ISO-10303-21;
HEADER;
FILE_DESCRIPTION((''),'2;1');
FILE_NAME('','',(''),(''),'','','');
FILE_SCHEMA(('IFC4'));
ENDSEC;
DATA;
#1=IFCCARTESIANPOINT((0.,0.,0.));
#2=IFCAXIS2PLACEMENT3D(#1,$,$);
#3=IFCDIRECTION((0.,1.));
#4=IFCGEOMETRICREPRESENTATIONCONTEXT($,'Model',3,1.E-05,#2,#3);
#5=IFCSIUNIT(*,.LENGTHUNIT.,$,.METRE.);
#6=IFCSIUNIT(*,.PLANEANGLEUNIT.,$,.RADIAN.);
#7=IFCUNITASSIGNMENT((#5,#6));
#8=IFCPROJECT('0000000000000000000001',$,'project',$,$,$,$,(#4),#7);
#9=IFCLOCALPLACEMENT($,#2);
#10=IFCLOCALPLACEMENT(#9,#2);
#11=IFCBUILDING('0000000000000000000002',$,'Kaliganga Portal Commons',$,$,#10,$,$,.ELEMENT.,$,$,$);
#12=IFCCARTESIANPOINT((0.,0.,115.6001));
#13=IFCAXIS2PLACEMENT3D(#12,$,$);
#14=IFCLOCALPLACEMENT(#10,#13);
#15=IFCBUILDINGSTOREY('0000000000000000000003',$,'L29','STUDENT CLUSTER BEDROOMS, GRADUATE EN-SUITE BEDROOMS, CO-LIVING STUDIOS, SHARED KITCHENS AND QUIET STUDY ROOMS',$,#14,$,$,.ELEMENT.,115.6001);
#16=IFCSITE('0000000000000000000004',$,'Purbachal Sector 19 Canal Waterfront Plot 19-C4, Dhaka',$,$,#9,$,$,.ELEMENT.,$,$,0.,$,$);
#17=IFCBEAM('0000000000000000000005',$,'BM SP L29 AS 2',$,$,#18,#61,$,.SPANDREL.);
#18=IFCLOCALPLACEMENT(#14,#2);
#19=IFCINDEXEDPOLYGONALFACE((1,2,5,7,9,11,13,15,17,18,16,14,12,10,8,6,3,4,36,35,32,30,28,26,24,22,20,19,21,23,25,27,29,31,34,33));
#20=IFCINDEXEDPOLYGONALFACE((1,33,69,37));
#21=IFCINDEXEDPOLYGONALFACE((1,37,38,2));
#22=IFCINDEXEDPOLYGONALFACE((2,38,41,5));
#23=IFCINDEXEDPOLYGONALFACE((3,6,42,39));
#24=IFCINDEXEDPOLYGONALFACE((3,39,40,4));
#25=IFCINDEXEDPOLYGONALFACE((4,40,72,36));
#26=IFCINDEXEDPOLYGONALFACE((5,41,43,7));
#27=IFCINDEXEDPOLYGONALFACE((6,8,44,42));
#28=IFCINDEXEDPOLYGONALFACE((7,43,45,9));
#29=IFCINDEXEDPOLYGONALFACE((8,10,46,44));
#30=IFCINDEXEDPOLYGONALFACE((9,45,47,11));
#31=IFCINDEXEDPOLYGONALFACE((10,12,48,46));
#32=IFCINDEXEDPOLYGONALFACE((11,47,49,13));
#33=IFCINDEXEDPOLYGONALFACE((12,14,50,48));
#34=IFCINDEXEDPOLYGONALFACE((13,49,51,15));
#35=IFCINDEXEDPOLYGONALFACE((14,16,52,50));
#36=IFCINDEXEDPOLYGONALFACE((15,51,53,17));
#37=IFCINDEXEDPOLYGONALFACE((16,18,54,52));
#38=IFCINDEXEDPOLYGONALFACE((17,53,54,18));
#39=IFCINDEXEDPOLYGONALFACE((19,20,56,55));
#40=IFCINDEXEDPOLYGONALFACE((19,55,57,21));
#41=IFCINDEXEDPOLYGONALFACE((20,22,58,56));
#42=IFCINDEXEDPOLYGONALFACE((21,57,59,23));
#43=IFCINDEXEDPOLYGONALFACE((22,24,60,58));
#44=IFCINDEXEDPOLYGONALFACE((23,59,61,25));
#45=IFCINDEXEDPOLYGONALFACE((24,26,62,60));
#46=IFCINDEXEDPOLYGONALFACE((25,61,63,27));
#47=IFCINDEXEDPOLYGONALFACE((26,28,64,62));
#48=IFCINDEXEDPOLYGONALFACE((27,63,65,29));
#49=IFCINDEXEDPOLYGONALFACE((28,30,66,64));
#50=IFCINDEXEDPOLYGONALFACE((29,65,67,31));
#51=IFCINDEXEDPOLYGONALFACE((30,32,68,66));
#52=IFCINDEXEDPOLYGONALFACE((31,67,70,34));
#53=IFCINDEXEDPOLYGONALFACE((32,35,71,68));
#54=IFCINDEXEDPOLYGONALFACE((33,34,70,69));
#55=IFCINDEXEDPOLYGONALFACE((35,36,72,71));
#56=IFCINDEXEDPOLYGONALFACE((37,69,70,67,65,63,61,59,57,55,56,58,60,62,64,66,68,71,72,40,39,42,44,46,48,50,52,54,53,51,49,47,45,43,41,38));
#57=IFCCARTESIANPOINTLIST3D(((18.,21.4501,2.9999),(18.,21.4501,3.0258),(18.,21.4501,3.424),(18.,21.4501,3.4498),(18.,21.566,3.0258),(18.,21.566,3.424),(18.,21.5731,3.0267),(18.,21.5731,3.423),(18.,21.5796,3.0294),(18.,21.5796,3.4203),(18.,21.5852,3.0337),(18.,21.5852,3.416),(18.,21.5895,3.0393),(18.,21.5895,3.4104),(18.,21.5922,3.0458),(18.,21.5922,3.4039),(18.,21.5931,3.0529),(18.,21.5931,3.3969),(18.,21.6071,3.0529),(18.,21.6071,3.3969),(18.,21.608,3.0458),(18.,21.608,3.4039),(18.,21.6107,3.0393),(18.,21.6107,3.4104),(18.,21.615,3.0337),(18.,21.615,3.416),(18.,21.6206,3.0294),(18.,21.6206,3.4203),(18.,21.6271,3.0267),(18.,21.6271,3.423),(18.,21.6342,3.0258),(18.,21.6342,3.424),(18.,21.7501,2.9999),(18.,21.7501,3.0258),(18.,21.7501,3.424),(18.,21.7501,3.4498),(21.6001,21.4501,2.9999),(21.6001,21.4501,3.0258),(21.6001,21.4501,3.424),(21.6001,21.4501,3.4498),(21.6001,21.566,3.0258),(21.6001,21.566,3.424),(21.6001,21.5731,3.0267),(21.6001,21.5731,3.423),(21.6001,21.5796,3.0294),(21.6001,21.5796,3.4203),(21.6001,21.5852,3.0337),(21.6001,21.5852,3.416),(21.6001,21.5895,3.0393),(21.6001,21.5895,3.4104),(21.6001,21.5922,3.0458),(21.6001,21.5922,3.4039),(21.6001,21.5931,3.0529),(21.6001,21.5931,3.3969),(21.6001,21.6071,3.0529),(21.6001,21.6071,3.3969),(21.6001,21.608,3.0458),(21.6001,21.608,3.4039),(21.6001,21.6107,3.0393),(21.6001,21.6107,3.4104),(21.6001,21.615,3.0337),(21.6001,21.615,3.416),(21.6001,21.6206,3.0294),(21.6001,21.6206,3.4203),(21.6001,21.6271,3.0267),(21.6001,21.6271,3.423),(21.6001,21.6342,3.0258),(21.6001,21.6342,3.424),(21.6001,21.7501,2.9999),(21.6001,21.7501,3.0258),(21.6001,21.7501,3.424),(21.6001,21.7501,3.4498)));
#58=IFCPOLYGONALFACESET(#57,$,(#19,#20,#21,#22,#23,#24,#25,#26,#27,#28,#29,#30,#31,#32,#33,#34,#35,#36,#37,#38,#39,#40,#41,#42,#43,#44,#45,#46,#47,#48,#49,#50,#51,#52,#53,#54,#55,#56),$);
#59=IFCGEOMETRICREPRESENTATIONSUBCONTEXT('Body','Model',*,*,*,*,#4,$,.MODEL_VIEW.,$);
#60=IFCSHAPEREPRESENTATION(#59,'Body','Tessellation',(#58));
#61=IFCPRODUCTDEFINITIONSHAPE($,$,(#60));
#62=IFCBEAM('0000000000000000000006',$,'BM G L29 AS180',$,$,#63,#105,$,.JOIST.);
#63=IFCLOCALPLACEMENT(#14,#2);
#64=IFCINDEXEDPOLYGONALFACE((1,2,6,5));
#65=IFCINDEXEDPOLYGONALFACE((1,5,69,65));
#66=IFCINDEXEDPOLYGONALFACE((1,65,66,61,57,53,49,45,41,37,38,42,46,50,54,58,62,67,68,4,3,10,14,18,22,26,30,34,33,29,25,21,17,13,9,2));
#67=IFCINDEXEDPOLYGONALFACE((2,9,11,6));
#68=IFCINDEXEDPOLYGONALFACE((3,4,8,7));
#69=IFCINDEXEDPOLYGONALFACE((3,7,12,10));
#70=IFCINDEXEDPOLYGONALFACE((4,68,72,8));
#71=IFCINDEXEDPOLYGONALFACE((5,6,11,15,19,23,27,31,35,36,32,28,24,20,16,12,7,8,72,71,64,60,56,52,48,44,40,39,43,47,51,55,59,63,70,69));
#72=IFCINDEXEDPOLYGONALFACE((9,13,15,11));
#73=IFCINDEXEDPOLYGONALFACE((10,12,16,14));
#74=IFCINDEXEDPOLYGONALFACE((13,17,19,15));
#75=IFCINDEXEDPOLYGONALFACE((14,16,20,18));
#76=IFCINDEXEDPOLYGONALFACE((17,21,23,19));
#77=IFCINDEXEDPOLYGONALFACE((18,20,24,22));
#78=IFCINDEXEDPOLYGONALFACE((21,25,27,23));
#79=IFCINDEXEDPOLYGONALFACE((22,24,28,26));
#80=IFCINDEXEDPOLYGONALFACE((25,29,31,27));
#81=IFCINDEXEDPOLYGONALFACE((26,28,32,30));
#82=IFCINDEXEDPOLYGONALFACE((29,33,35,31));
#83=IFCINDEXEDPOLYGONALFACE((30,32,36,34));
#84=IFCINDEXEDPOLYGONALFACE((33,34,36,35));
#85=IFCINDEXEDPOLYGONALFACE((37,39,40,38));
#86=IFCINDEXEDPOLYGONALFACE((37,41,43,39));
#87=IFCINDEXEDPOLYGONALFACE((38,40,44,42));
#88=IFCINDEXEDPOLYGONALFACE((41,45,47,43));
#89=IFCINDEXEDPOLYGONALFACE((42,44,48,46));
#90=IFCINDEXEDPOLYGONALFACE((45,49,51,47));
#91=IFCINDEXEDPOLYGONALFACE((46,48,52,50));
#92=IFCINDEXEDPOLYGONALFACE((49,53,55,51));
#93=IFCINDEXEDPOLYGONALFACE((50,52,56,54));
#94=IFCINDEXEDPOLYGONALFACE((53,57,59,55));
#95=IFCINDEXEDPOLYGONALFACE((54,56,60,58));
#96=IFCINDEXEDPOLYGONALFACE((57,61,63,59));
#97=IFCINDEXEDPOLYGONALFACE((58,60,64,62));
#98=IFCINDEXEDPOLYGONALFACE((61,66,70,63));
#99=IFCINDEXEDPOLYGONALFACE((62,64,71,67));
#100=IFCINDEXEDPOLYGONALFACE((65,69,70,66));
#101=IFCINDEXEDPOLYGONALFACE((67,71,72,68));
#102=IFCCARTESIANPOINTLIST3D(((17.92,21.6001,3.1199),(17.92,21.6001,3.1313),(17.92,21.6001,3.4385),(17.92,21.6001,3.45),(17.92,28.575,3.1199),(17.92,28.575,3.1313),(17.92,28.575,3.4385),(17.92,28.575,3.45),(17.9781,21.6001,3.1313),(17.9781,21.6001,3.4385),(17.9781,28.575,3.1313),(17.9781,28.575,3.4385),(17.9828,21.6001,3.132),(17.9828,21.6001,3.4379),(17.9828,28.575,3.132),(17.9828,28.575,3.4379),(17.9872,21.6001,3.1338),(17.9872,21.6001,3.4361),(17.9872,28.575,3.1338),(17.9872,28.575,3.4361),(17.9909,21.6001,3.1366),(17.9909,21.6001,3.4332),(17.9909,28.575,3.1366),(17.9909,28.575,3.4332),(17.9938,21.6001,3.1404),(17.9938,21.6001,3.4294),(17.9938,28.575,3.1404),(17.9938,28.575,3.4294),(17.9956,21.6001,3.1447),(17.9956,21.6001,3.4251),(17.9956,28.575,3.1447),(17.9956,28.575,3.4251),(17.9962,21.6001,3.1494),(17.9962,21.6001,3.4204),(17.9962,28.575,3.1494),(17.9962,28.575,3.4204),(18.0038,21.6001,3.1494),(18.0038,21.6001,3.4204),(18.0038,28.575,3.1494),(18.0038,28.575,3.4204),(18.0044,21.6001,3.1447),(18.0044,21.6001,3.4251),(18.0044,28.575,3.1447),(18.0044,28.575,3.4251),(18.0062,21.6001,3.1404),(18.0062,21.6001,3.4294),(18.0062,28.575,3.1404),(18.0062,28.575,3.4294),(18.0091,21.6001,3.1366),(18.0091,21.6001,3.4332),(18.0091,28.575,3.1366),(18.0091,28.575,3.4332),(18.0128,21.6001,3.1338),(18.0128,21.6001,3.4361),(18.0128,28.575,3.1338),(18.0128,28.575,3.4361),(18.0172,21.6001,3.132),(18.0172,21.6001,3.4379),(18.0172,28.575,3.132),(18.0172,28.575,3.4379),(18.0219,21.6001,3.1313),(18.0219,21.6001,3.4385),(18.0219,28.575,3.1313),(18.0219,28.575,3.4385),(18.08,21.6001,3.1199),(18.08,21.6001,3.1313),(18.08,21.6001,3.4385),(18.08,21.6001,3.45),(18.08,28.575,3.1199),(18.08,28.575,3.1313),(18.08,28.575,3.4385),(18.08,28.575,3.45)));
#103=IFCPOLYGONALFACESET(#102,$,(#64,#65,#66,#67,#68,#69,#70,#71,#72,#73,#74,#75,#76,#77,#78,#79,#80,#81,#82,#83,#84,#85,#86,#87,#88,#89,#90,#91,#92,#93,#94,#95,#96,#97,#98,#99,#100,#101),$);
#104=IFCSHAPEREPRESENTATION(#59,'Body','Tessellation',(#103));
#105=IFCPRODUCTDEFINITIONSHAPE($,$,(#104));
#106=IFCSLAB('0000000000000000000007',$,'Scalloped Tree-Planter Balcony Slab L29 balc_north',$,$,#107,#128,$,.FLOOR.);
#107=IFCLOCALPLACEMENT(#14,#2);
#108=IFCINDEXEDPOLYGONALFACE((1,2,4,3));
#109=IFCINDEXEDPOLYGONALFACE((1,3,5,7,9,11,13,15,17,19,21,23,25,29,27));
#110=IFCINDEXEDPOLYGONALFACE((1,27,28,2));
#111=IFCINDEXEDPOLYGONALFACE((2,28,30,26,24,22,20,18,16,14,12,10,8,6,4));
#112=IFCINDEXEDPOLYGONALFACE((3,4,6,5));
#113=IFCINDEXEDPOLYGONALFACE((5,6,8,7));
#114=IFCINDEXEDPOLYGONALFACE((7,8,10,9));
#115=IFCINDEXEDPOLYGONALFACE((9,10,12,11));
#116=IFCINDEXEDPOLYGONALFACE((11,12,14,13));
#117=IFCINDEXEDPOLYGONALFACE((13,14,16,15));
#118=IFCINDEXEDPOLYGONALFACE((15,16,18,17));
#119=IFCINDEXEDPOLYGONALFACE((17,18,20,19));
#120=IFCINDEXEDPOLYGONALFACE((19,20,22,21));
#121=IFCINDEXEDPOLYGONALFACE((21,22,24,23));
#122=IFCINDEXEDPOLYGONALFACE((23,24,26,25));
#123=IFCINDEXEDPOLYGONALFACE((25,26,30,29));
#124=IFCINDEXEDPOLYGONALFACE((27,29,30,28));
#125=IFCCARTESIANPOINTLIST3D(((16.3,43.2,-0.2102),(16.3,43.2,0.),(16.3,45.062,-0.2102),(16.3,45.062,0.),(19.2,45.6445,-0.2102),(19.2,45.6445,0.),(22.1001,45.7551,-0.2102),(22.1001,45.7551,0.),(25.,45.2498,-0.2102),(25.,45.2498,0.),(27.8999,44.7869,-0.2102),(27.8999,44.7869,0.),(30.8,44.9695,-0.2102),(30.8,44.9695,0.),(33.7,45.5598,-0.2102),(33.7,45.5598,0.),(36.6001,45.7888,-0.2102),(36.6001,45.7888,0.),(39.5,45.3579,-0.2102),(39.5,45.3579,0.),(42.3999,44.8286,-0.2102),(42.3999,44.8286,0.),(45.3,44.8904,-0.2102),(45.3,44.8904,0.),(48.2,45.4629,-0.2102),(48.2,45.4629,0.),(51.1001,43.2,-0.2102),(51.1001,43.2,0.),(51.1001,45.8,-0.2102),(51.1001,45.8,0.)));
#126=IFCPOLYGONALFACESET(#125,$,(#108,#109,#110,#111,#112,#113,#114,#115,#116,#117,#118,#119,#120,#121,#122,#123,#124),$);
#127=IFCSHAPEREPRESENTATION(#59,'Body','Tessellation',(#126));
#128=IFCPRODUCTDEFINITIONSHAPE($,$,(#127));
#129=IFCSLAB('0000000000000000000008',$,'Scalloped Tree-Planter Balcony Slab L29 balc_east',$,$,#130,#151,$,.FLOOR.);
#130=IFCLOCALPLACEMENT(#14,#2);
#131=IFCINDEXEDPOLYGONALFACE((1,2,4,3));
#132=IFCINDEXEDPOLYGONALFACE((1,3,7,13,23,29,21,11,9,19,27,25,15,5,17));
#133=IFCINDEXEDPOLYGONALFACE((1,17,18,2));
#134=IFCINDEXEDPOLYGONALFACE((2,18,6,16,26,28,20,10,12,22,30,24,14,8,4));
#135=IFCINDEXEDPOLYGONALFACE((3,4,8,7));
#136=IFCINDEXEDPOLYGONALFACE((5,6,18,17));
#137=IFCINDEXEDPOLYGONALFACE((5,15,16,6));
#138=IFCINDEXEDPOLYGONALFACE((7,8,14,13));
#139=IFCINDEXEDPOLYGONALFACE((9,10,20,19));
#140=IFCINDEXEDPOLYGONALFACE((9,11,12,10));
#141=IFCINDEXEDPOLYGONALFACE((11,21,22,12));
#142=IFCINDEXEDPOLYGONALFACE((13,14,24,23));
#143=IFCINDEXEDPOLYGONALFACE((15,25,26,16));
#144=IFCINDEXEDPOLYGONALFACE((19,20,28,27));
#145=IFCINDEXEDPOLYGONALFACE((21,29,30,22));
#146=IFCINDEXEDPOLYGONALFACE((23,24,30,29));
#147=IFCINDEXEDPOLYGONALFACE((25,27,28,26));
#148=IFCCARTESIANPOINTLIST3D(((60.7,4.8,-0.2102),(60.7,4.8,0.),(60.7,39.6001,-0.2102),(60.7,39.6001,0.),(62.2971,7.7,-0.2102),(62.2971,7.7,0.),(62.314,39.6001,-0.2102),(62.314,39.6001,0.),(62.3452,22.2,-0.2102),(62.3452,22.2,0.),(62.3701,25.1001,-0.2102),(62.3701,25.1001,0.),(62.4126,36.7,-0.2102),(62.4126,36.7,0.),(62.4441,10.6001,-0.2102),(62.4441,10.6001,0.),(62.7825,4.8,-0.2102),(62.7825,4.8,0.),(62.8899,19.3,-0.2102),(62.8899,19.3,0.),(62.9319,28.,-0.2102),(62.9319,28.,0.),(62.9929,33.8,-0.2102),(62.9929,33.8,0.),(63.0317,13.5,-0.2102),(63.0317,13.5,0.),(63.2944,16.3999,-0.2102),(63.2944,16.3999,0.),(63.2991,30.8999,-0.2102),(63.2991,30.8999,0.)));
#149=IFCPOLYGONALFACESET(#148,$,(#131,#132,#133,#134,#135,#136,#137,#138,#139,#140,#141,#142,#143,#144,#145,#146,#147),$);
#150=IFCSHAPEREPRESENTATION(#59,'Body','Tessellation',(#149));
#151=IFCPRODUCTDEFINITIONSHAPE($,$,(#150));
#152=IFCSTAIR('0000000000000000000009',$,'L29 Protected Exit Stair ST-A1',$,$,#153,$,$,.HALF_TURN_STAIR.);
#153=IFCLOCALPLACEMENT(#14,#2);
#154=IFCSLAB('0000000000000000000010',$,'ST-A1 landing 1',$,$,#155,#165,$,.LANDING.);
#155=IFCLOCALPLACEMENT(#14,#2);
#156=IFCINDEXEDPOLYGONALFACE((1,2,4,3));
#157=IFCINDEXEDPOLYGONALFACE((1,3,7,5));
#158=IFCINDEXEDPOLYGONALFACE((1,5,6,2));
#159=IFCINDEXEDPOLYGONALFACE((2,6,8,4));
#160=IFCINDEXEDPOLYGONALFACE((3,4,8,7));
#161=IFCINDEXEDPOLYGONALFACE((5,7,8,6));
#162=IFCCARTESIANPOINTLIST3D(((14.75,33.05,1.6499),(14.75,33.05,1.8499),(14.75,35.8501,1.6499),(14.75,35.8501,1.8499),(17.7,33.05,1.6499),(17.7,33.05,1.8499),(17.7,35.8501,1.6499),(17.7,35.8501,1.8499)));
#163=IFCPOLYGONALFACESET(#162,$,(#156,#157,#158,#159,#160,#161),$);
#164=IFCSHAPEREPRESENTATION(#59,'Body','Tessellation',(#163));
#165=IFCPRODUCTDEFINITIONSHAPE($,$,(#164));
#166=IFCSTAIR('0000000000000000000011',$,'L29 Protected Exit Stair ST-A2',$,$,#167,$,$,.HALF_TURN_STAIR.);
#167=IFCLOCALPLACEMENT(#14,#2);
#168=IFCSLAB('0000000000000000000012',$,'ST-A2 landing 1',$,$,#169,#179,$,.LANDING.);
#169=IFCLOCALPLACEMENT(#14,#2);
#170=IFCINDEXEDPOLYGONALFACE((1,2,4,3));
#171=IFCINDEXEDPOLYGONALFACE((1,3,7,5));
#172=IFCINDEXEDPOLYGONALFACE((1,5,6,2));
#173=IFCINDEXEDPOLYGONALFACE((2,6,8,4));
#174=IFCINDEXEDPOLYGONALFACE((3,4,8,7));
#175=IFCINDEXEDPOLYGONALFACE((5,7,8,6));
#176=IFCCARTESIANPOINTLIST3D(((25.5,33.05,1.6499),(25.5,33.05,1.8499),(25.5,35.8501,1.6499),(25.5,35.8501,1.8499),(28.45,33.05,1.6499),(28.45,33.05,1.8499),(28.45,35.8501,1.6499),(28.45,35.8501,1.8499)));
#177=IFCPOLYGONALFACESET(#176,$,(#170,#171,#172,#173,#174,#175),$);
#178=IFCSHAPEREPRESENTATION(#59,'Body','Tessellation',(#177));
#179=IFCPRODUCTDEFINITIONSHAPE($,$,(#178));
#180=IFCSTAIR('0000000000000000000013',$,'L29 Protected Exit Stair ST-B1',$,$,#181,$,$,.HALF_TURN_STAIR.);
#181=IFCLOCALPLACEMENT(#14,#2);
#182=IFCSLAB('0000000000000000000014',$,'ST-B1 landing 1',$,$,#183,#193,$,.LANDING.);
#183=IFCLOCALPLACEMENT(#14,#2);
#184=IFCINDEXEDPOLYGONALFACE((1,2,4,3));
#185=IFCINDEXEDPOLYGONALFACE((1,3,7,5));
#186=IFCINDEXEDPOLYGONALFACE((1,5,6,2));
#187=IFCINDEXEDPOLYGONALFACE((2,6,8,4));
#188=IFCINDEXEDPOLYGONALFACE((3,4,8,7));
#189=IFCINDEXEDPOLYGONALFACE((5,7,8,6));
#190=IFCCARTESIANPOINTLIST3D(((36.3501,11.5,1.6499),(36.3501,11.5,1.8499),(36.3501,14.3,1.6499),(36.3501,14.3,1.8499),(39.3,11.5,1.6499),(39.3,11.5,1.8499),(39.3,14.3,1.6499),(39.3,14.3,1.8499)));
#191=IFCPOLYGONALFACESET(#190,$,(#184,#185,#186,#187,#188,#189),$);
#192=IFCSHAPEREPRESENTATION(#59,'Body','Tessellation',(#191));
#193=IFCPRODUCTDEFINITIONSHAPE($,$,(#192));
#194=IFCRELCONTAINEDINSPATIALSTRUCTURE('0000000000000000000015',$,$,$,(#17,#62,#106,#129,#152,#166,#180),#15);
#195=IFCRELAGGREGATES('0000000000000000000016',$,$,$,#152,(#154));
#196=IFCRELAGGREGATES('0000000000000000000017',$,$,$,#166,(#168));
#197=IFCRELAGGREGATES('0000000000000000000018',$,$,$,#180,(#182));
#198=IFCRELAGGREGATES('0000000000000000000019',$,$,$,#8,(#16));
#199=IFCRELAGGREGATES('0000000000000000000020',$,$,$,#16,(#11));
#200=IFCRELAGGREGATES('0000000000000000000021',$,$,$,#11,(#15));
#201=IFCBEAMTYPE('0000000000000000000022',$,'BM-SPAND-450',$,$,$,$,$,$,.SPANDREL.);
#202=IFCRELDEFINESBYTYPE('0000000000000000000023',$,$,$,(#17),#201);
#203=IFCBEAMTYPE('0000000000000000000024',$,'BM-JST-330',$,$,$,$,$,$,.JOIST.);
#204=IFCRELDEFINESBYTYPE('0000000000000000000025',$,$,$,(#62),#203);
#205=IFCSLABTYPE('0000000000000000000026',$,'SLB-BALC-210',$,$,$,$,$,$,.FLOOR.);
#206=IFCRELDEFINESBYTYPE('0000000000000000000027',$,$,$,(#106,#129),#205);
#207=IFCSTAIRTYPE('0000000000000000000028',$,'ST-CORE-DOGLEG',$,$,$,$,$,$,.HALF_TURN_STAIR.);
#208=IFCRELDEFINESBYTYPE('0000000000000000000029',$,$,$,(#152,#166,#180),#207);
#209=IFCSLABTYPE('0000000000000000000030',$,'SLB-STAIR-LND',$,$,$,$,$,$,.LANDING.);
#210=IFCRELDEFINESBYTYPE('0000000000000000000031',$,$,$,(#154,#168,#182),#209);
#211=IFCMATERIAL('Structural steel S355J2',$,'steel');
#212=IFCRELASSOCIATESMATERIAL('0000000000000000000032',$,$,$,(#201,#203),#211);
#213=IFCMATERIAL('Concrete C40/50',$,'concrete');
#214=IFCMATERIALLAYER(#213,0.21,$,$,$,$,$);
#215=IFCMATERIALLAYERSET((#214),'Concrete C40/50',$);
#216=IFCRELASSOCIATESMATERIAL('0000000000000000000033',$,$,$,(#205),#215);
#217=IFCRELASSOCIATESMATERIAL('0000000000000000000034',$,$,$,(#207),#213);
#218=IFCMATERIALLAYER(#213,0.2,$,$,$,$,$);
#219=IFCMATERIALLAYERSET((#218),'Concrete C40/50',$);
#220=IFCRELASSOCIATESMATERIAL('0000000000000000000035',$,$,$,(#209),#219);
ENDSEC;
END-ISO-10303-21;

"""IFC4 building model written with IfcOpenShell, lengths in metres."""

from ifc_helpers import new_model, si_unit, direction, frame, origin, origin_2d, place, context, subcontext, project, spatial, polyline, i_section, outline, extrude, source, transform, mapped, material, layer, layer_set, material_profile, profile_set, type_object, element, aggregate, save


model = new_model("IFC4")

# Units and contexts
model_context = context("Model", 3, precision=1e-05, world=origin(), true_north=direction((0.0, 1.0)))
body_context = subcontext(model_context, "Body", "Model", "MODEL_VIEW")
ifc_project = project(units=[si_unit("LENGTHUNIT", "METRE"), si_unit("PLANEANGLEUNIT", "RADIAN")], contexts=[model_context])

# Site, building, storey
site_placement = place(None, origin())
site = spatial("IfcSite", under=ifc_project, at=site_placement, Name="Purbachal Sector 19 Canal Waterfront Plot 19-C4, Dhaka", CompositionType="ELEMENT", RefElevation=0.0)
building_placement = place(site_placement, origin())
building = spatial("IfcBuilding", under=site, at=building_placement, Name="Kaliganga Portal Commons", CompositionType="ELEMENT")
storey_placement = place(building_placement, frame((0.0, 0.0, 115.6001)))
storey = spatial("IfcBuildingStorey", under=building, at=storey_placement, Name="L29", Description="STUDENT CLUSTER BEDROOMS, GRADUATE EN-SUITE BEDROOMS, CO-LIVING STUDIOS, SHARED KITCHENS AND QUIET STUDY ROOMS", CompositionType="ELEMENT", Elevation=115.6001)

# Beams
ifc_material_1 = material(Name="Structural steel S355J2", Category="steel")
ifc_material_profile_1 = material_profile(ifc_material_1, i_section(OverallWidth=0.3, OverallDepth=0.45, WebThickness=0.0139, FlangeThickness=0.0259, FilletRadius=0.0271, at=origin_2d()), Name="HE 450 B")
ifc_profile_set_1 = profile_set([ifc_material_profile_1], Name="Structural steel S355J2 wide-flange")
beam_type_1 = type_object("IfcBeamType", Name="BM-SPAND-450", PredefinedType="SPANDREL", material=ifc_profile_set_1)
shared_shape_1 = source(origin(), body_context, "Body", "SweptSolid", [
    extrude(i_section(OverallWidth=0.3, OverallDepth=0.45, WebThickness=0.0139, FlangeThickness=0.0259, FilletRadius=0.0271, at=origin_2d()), origin(), (0.0, 0.0, 1.0), 3.6001),
])
for number, where, z_axis, x_axis, name in (
    (1, (18.0, 21.6001, 3.2249), (1.0, 0.0, 0.0), (0.0, 1.0, 0.0), "BM SP L29 AS 2"),
):
    element("IfcBeam", number, at=place(storey_placement, frame(where, z_axis=z_axis, x_axis=x_axis)), inside=storey, type_object=beam_type_1, Name=name, PredefinedType="SPANDREL", context=body_context, shape_type="MappedRepresentation", body=[
        mapped(shared_shape_1, transform((0.0, 0.0, 0.0), x_axis=(1.0, 0.0, 0.0), y_axis=(0.0, 1.0, 0.0), z_axis=(0.0, 0.0, 1.0), scale=1.0)),
    ])
ifc_material_profile_2 = material_profile(ifc_material_1, i_section(OverallWidth=0.1599, OverallDepth=0.3301, WebThickness=0.0076, FlangeThickness=0.0115, FilletRadius=0.0181, at=origin_2d()), Name="IPE 330")
ifc_profile_set_2 = profile_set([ifc_material_profile_2], Name="Structural steel S355J2 wide-flange")
beam_type_2 = type_object("IfcBeamType", Name="BM-JST-330", PredefinedType="JOIST", material=ifc_profile_set_2)
shared_shape_2 = source(origin(), body_context, "Body", "SweptSolid", [
    extrude(i_section(OverallWidth=0.1599, OverallDepth=0.3301, WebThickness=0.0076, FlangeThickness=0.0115, FilletRadius=0.0181, at=origin_2d()), origin(), (0.0, 0.0, 1.0), 6.9749),
])
beam_1_placement = place(storey_placement, frame((18.0, 21.6001, 3.2849), z_axis=(0.0, 1.0, 0.0), x_axis=(-1.0, 0.0, 0.0)))
element("IfcBeam", 2, at=beam_1_placement, inside=storey, type_object=beam_type_2, Name="BM G L29 AS180", PredefinedType="JOIST", context=body_context, shape_type="MappedRepresentation", body=[
    mapped(shared_shape_2, transform((0.0, 0.0, 0.0), x_axis=(1.0, 0.0, 0.0), y_axis=(0.0, 1.0, 0.0), z_axis=(0.0, 0.0, 1.0), scale=1.0)),
])

# Slabs
ifc_material_2 = material(Name="Concrete C40/50", Category="concrete")
ifc_layer_1 = layer(ifc_material_2, 0.21)
ifc_layer_set_1 = layer_set([ifc_layer_1], Name="Concrete C40/50")
slab_type_1 = type_object("IfcSlabType", Name="SLB-BALC-210", PredefinedType="FLOOR", material=ifc_layer_set_1)
slab_1_placement = place(storey_placement, frame((0.0, 0.0, -0.2102)))
element("IfcSlab", 3, at=slab_1_placement, inside=storey, type_object=slab_type_1, Name="Scalloped Tree-Planter Balcony Slab L29 balc_north", PredefinedType="FLOOR", context=body_context, shape_type="SweptSolid", body=[
    extrude(outline(polyline([(51.1001, 43.2), (51.1001, 45.8), (48.2, 45.4629), (45.3, 44.8904), (42.3999, 44.8286), (39.5, 45.3579), (36.6001, 45.7888), (33.7, 45.5598), (30.8, 44.9695), (27.8999, 44.7869), (25.0, 45.2498), (22.1001, 45.7551), (19.2, 45.6445), (16.3, 45.062), (16.3, 43.2), (51.1001, 43.2)])), origin(), (0.0, 0.0, 1.0), 0.2102),
])
slab_2_placement = place(storey_placement, frame((0.0, 0.0, -0.2102)))
element("IfcSlab", 4, at=slab_2_placement, inside=storey, type_object=slab_type_1, Name="Scalloped Tree-Planter Balcony Slab L29 balc_east", PredefinedType="FLOOR", context=body_context, shape_type="SweptSolid", body=[
    extrude(outline(polyline([(60.7, 4.8), (62.7825, 4.8), (62.2971, 7.7), (62.4441, 10.6001), (63.0317, 13.5), (63.2944, 16.3999), (62.8899, 19.3), (62.3452, 22.2), (62.3701, 25.1001), (62.9319, 28.0), (63.2991, 30.8999), (62.9929, 33.8), (62.4126, 36.7), (62.314, 39.6001), (60.7, 39.6001), (60.7, 4.8)])), origin(), (0.0, 0.0, 1.0), 0.2102),
])

# Stairs, slabs
stair_type = type_object("IfcStairType", Name="ST-CORE-DOGLEG", PredefinedType="HALF_TURN_STAIR", material=ifc_material_2)
stair_1_placement = place(storey_placement, origin())
stair_1 = element("IfcStair", 5, at=stair_1_placement, inside=storey, type_object=stair_type, Name="L29 Protected Exit Stair ST-A1", PredefinedType="HALF_TURN_STAIR")
ifc_layer_2 = layer(ifc_material_2, 0.2)
ifc_layer_set_2 = layer_set([ifc_layer_2], Name="Concrete C40/50")
slab_type_2 = type_object("IfcSlabType", Name="SLB-STAIR-LND", PredefinedType="LANDING", material=ifc_layer_set_2)
slab_3_placement = place(storey_placement, frame((0.0, 0.0, 1.6499)))
slab_3 = element("IfcSlab", 6, at=slab_3_placement, type_object=slab_type_2, Name="ST-A1 landing 1", PredefinedType="LANDING", context=body_context, shape_type="SweptSolid", body=[
    extrude(outline(polyline([(17.7, 33.05), (17.7, 35.8501), (14.75, 35.8501), (14.75, 33.05), (17.7, 33.05)])), origin(), (0.0, 0.0, 1.0), 0.2),
])
aggregate(stair_1, [slab_3])
stair_2_placement = place(storey_placement, origin())
stair_2 = element("IfcStair", 7, at=stair_2_placement, inside=storey, type_object=stair_type, Name="L29 Protected Exit Stair ST-A2", PredefinedType="HALF_TURN_STAIR")
slab_4_placement = place(storey_placement, frame((0.0, 0.0, 1.6499)))
slab_4 = element("IfcSlab", 8, at=slab_4_placement, type_object=slab_type_2, Name="ST-A2 landing 1", PredefinedType="LANDING", context=body_context, shape_type="SweptSolid", body=[
    extrude(outline(polyline([(28.45, 33.05), (28.45, 35.8501), (25.5, 35.8501), (25.5, 33.05), (28.45, 33.05)])), origin(), (0.0, 0.0, 1.0), 0.2),
])
aggregate(stair_2, [slab_4])
stair_3_placement = place(storey_placement, origin())
stair_3 = element("IfcStair", 9, at=stair_3_placement, inside=storey, type_object=stair_type, Name="L29 Protected Exit Stair ST-B1", PredefinedType="HALF_TURN_STAIR")
slab_5_placement = place(storey_placement, frame((0.0, 0.0, 1.6499)))
slab_5 = element("IfcSlab", 10, at=slab_5_placement, type_object=slab_type_2, Name="ST-B1 landing 1", PredefinedType="LANDING", context=body_context, shape_type="SweptSolid", body=[
    extrude(outline(polyline([(39.3, 11.5), (39.3, 14.3), (36.3501, 14.3), (36.3501, 11.5), (39.3, 11.5)])), origin(), (0.0, 0.0, 1.0), 0.2),
])
aggregate(stair_3, [slab_5])

save(model, "model.ifc")
